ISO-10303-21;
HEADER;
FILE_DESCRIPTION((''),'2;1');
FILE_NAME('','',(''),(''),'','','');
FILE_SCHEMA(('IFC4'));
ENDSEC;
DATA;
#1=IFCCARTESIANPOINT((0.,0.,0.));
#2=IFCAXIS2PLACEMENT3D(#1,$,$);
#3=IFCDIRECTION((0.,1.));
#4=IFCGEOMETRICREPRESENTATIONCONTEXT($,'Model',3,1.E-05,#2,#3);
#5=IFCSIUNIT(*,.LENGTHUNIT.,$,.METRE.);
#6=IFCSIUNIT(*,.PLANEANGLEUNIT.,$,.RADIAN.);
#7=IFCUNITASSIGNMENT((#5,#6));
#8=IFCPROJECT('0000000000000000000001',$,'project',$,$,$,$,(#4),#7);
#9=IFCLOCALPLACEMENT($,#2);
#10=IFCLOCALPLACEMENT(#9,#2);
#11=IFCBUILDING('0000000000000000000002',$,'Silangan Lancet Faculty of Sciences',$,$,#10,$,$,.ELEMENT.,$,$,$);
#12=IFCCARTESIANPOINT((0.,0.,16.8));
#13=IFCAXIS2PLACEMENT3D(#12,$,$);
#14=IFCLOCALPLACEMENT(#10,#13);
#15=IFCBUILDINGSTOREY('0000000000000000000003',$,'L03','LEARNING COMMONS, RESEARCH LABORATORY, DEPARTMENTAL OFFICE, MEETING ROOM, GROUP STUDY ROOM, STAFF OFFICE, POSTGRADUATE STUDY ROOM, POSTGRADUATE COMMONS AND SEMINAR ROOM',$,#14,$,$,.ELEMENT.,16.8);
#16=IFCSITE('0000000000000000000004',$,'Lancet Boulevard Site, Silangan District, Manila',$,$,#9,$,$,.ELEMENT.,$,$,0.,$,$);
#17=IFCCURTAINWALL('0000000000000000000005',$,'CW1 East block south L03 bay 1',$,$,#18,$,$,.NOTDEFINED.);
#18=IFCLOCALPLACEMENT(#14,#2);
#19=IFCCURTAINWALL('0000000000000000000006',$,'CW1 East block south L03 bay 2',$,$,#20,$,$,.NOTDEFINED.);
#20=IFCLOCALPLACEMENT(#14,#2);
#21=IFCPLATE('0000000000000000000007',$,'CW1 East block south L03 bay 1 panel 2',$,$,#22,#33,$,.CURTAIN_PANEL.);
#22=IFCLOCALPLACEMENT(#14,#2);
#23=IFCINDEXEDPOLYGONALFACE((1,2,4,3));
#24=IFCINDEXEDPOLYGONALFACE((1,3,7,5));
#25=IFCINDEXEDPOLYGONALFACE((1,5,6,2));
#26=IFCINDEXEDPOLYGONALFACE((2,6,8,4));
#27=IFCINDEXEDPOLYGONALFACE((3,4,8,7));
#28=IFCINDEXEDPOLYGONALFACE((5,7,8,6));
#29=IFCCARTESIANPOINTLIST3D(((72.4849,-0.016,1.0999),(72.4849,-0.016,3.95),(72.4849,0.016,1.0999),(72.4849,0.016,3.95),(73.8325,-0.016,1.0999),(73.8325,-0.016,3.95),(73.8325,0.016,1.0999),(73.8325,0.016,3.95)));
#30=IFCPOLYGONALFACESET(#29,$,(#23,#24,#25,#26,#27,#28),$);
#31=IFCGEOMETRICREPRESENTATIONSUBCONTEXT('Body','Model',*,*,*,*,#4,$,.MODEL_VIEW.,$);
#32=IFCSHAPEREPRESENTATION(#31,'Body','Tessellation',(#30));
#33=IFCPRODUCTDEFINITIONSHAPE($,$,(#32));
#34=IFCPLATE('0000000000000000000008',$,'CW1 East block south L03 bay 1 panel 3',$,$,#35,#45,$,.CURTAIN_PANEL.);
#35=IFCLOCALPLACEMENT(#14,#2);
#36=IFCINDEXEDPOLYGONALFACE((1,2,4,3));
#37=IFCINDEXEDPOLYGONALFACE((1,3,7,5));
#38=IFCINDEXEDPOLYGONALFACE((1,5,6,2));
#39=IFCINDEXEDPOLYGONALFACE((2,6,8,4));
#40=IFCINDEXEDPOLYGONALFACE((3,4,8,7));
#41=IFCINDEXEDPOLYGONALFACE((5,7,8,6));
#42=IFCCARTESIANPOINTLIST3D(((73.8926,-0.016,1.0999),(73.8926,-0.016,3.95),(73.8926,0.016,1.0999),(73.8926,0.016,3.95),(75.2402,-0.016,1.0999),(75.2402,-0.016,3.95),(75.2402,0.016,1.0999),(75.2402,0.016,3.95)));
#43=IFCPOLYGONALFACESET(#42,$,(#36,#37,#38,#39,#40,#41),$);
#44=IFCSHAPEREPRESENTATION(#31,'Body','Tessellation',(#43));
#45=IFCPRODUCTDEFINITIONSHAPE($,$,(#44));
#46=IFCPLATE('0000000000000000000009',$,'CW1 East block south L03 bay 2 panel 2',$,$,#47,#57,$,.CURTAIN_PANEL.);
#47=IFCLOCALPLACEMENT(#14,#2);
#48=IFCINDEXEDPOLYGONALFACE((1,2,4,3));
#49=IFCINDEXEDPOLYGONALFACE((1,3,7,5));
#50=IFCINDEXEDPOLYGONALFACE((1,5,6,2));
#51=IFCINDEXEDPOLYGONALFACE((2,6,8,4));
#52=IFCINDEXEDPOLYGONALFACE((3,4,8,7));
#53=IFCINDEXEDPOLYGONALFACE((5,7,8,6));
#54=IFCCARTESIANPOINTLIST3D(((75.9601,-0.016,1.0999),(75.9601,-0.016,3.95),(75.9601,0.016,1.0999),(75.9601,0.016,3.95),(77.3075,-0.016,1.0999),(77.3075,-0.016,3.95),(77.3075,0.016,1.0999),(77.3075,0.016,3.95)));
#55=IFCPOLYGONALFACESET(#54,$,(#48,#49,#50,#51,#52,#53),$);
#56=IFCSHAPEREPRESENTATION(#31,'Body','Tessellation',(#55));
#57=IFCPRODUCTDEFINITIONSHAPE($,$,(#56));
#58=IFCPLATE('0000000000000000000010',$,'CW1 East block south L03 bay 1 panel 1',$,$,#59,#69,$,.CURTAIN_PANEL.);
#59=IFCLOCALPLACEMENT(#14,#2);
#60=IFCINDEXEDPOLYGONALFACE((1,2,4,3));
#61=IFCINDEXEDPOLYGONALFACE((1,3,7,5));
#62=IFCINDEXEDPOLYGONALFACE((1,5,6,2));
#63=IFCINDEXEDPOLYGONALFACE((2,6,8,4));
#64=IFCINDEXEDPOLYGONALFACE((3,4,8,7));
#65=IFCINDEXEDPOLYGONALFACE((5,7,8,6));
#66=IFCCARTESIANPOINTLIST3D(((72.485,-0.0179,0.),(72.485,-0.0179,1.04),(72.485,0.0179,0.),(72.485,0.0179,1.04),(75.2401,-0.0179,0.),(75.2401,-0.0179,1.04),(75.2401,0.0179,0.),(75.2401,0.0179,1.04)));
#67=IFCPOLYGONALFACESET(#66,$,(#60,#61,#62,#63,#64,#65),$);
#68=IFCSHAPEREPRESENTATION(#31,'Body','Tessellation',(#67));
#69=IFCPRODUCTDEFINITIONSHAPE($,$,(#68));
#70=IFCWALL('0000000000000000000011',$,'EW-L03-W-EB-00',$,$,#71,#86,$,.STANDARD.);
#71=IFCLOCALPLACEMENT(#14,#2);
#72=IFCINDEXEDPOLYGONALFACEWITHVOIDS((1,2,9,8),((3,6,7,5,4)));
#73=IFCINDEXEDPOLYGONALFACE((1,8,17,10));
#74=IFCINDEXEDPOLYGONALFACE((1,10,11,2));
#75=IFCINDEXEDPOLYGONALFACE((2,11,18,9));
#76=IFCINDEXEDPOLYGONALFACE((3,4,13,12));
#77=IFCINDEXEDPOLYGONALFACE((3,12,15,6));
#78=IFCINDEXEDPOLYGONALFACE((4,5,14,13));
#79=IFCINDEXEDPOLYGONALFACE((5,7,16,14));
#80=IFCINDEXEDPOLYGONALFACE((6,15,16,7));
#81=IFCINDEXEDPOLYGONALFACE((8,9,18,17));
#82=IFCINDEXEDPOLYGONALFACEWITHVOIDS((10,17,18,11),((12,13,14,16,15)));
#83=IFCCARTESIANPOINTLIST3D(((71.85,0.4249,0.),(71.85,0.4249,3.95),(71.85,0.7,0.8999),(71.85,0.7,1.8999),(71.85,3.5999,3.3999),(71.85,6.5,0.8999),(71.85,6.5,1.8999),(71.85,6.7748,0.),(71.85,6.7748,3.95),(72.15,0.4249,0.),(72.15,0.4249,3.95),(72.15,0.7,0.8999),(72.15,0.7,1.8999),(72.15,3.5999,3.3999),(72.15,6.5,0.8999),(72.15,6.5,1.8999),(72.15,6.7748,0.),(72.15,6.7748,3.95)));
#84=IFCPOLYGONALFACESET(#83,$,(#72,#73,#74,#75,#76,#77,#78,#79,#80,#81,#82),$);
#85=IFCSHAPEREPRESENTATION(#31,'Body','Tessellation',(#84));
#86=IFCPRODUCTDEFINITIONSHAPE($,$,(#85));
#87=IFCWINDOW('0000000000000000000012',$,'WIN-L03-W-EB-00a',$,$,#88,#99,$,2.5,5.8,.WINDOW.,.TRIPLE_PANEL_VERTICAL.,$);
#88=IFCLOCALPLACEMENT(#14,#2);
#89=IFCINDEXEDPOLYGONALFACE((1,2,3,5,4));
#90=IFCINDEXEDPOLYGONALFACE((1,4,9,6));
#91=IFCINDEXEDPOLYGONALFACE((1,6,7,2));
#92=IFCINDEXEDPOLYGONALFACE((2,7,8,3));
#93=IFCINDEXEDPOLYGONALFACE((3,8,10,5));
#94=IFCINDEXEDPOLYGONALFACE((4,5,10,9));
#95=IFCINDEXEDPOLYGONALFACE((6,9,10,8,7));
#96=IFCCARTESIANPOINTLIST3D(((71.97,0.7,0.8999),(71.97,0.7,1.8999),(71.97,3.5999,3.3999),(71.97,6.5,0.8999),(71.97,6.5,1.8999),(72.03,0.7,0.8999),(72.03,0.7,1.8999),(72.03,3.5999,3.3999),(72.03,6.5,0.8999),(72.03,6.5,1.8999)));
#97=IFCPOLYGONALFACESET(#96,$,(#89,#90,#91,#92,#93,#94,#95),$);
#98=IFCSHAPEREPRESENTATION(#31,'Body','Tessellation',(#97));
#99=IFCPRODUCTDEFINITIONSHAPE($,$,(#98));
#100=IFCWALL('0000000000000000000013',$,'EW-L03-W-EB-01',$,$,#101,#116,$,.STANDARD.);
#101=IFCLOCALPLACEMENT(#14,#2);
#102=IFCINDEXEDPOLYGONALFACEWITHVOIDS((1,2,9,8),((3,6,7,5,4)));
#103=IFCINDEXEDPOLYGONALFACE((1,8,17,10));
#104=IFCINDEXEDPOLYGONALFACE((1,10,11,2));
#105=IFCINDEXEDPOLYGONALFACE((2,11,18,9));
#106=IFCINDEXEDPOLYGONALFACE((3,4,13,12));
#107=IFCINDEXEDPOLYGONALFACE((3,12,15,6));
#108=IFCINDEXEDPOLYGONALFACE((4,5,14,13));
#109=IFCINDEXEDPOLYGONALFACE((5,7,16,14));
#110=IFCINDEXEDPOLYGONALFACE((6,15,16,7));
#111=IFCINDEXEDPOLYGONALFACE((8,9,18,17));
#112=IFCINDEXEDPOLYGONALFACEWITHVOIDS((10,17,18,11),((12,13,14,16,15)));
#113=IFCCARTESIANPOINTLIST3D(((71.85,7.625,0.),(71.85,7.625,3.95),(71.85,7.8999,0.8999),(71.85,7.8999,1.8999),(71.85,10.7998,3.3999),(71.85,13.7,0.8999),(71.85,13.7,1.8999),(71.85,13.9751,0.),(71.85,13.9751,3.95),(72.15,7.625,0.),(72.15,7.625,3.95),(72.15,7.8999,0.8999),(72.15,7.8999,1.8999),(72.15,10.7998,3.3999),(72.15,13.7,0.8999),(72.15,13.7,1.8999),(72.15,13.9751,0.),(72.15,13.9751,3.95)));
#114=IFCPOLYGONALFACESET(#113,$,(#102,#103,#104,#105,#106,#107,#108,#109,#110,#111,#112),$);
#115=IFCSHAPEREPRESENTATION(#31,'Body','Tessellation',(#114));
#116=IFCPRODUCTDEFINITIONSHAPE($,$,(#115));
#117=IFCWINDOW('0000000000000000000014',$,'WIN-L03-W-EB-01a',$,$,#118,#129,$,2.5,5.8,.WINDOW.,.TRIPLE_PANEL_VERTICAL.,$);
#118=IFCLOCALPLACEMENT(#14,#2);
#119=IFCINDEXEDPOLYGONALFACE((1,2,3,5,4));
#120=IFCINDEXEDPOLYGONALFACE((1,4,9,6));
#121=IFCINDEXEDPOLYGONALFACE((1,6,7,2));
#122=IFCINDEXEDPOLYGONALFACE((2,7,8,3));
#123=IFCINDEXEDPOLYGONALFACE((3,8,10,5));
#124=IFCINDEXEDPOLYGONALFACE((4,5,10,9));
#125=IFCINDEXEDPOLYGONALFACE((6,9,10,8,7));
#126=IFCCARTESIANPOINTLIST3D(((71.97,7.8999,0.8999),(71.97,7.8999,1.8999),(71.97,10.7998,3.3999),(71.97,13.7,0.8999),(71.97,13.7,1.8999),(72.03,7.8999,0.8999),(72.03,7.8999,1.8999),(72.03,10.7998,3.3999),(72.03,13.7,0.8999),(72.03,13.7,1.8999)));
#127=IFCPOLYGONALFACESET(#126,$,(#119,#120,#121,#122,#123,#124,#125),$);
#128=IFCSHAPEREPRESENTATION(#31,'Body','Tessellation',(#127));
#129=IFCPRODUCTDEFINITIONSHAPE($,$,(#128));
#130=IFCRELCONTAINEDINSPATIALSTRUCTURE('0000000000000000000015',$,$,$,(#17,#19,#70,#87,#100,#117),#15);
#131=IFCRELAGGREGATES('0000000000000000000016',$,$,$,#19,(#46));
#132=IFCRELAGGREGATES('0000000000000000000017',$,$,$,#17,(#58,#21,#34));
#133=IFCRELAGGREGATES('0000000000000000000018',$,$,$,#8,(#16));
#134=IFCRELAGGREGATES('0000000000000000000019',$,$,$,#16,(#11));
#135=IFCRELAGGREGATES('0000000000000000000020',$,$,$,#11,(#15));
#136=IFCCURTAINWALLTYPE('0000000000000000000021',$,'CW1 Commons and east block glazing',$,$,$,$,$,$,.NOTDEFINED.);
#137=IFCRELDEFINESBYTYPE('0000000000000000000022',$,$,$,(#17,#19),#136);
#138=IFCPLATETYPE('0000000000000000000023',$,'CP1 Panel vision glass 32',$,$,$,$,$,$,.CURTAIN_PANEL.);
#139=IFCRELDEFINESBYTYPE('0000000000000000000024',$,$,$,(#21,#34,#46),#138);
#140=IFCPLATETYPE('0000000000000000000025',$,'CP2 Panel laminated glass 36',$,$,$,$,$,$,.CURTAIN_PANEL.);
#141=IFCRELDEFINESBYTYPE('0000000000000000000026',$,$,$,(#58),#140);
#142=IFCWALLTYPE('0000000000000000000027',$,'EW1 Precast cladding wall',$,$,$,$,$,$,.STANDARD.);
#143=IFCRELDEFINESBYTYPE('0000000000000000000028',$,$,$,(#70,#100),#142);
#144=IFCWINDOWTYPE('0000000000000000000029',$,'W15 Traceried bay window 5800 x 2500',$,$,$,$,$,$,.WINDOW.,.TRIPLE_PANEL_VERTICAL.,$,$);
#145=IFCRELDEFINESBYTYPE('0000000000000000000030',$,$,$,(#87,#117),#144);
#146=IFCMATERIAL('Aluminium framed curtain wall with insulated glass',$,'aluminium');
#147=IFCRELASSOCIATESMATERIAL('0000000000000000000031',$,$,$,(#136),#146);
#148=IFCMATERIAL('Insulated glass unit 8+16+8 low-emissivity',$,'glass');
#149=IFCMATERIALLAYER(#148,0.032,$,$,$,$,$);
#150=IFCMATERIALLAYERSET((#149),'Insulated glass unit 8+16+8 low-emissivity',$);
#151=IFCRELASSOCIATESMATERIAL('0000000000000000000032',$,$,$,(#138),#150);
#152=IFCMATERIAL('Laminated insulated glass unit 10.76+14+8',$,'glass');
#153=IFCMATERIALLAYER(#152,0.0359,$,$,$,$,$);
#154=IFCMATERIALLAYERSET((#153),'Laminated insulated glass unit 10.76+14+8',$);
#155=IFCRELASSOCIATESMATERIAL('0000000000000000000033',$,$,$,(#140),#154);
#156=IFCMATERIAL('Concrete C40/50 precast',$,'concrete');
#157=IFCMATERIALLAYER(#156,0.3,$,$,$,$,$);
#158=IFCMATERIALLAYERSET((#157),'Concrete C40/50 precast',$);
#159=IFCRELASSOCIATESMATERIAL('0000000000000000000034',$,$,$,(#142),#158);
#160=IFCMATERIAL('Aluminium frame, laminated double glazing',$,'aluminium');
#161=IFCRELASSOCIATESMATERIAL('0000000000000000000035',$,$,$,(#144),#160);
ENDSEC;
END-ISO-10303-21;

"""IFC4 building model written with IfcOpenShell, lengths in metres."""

from ifc_helpers import new_model, si_unit, direction, frame, frame_2d, origin, origin_2d, place, context, subcontext, project, spatial, polyline, rectangle, outline, extrude, material, layer, layer_set, type_object, element, fill, aggregate, save


model = new_model("IFC4")

# Units and contexts
model_context = context("Model", 3, precision=1e-05, world=origin(), true_north=direction((0.0, 1.0)))
body_context = subcontext(model_context, "Body", "Model", "MODEL_VIEW")
ifc_project = project(units=[si_unit("LENGTHUNIT", "METRE"), si_unit("PLANEANGLEUNIT", "RADIAN")], contexts=[model_context])

# Site, building, storey
site_placement = place(None, origin())
site = spatial("IfcSite", under=ifc_project, at=site_placement, Name="Lancet Boulevard Site, Silangan District, Manila", CompositionType="ELEMENT", RefElevation=0.0)
building_placement = place(site_placement, origin())
building = spatial("IfcBuilding", under=site, at=building_placement, Name="Silangan Lancet Faculty of Sciences", CompositionType="ELEMENT")
storey_placement = place(building_placement, frame((0.0, 0.0, 16.8)))
storey = spatial("IfcBuildingStorey", under=building, at=storey_placement, Name="L03", Description="LEARNING COMMONS, RESEARCH LABORATORY, DEPARTMENTAL OFFICE, MEETING ROOM, GROUP STUDY ROOM, STAFF OFFICE, POSTGRADUATE STUDY ROOM, POSTGRADUATE COMMONS AND SEMINAR ROOM", CompositionType="ELEMENT", Elevation=16.8)

# Curtain wall
ifc_material_1 = material(Name="Aluminium framed curtain wall with insulated glass", Category="aluminium")
curtain_wall_type = type_object("IfcCurtainWallType", Name="CW1 Commons and east block glazing", PredefinedType="NOTDEFINED", material=ifc_material_1)
curtain_wall_1_placement = place(storey_placement, origin())
curtain_wall_1 = element("IfcCurtainWall", 1, at=curtain_wall_1_placement, inside=storey, type_object=curtain_wall_type, Name="CW1 East block south L03 bay 1", PredefinedType="NOTDEFINED")

# Curtain wall
curtain_wall_2_placement = place(storey_placement, origin())
curtain_wall_2 = element("IfcCurtainWall", 2, at=curtain_wall_2_placement, inside=storey, type_object=curtain_wall_type, Name="CW1 East block south L03 bay 2", PredefinedType="NOTDEFINED")

# Plates
ifc_material_2 = material(Name="Insulated glass unit 8+16+8 low-emissivity", Category="glass")
ifc_layer_1 = layer(ifc_material_2, 0.032)
ifc_layer_set_1 = layer_set([ifc_layer_1], Name="Insulated glass unit 8+16+8 low-emissivity")
plate_type_1 = type_object("IfcPlateType", Name="CP1 Panel vision glass 32", PredefinedType="CURTAIN_PANEL", material=ifc_layer_set_1)
plate_1_placement = place(storey_placement, frame((73.1587, 0.0, 1.0999), z_axis=(0.0, 0.0, 1.0), x_axis=(1.0, 0.0, 0.0)))
plate_1 = element("IfcPlate", 3, at=plate_1_placement, type_object=plate_type_1, Name="CW1 East block south L03 bay 1 panel 2", PredefinedType="CURTAIN_PANEL", context=body_context, shape_type="SweptSolid", body=[
    extrude(rectangle(XDim=1.3477, YDim=0.032, at=origin_2d()), origin(), (0.0, 0.0, 1.0), 2.8501),
])
plate_2_placement = place(storey_placement, frame((74.5664, 0.0, 1.0999), z_axis=(0.0, 0.0, 1.0), x_axis=(1.0, 0.0, 0.0)))
plate_2 = element("IfcPlate", 4, at=plate_2_placement, type_object=plate_type_1, Name="CW1 East block south L03 bay 1 panel 3", PredefinedType="CURTAIN_PANEL", context=body_context, shape_type="SweptSolid", body=[
    extrude(rectangle(XDim=1.3477, YDim=0.032, at=origin_2d()), origin(), (0.0, 0.0, 1.0), 2.8501),
])
plate_3_placement = place(storey_placement, frame((76.6338, 0.0, 1.0999), z_axis=(0.0, 0.0, 1.0), x_axis=(1.0, 0.0, 0.0)))
plate_3 = element("IfcPlate", 5, at=plate_3_placement, type_object=plate_type_1, Name="CW1 East block south L03 bay 2 panel 2", PredefinedType="CURTAIN_PANEL", context=body_context, shape_type="SweptSolid", body=[
    extrude(rectangle(XDim=1.3474, YDim=0.032, at=origin_2d()), origin(), (0.0, 0.0, 1.0), 2.8501),
])
aggregate(curtain_wall_2, [plate_3])
ifc_material_3 = material(Name="Laminated insulated glass unit 10.76+14+8", Category="glass")
ifc_layer_2 = layer(ifc_material_3, 0.0359)
ifc_layer_set_2 = layer_set([ifc_layer_2], Name="Laminated insulated glass unit 10.76+14+8")
plate_type_2 = type_object("IfcPlateType", Name="CP2 Panel laminated glass 36", PredefinedType="CURTAIN_PANEL", material=ifc_layer_set_2)
plate_4_placement = place(storey_placement, frame((73.8625, 0.0, 0.0), z_axis=(0.0, 0.0, 1.0), x_axis=(1.0, 0.0, 0.0)))
plate_4 = element("IfcPlate", 6, at=plate_4_placement, type_object=plate_type_2, Name="CW1 East block south L03 bay 1 panel 1", PredefinedType="CURTAIN_PANEL", context=body_context, shape_type="SweptSolid", body=[
    extrude(rectangle(XDim=2.7551, YDim=0.0359, at=origin_2d()), origin(), (0.0, 0.0, 1.0), 1.04),
])
aggregate(curtain_wall_1, [plate_4, plate_1, plate_2])

# Walls, openings, windows
ifc_material_4 = material(Name="Concrete C40/50 precast", Category="concrete")
ifc_layer_3 = layer(ifc_material_4, 0.3)
ifc_layer_set_3 = layer_set([ifc_layer_3], Name="Concrete C40/50 precast")
wall_type_1 = type_object("IfcWallType", Name="EW1 Precast cladding wall", PredefinedType="STANDARD", material=ifc_layer_set_3)
wall_1_placement = place(storey_placement, frame((72.0, 0.425, 0.0), z_axis=(0.0, 0.0, 1.0), x_axis=(0.0, 1.0, 0.0)))
wall_1 = element("IfcWall", 7, at=wall_1_placement, inside=storey, type_object=wall_type_1, Name="EW-L03-W-EB-00", PredefinedType="STANDARD", context=body_context, shape_type="SweptSolid", body=[
    extrude(rectangle(XDim=6.3499, YDim=0.3, at=frame_2d((3.1748, 0.0))), origin(), (0.0, 0.0, 1.0), 3.95),
])
opening_1_placement = place(wall_1_placement, frame((0.2749, 0.0, 0.8999)))
opening_1 = element("IfcOpeningElement", 8, at=opening_1_placement, cuts=wall_1, PredefinedType="OPENING", context=body_context, shape_type="SweptSolid", body=[
    extrude(outline(polyline([(0.0, 0.0), (5.8, 0.0), (5.8, 1.0), (2.8999, 2.5), (0.0, 1.0), (0.0, 0.0)])), frame((0.0, 0.1599, 0.0), z_axis=(0.0, -1.0, 0.0), x_axis=(1.0, 0.0, 0.0)), (0.0, 0.0, 1.0), 0.3201),
])
ifc_material_5 = material(Name="Aluminium frame, laminated double glazing", Category="aluminium")
window_type = type_object("IfcWindowType", Name="W15 Traceried bay window 5800 x 2500", PartitioningType="TRIPLE_PANEL_VERTICAL", PredefinedType="WINDOW", material=ifc_material_5)
window_1_placement = place(opening_1_placement, origin())
window_1 = element("IfcWindow", 9, at=window_1_placement, inside=storey, type_object=window_type, Name="WIN-L03-W-EB-00a", OverallHeight=2.5, OverallWidth=5.8, PartitioningType="TRIPLE_PANEL_VERTICAL", PredefinedType="WINDOW", context=body_context, shape_type="SweptSolid", body=[
    extrude(outline(polyline([(0.0, 0.0), (5.8, 0.0), (5.8, 1.0), (2.8999, 2.5), (0.0, 1.0), (0.0, 0.0)])), frame((0.0, 0.03, 0.0), z_axis=(0.0, -1.0, 0.0), x_axis=(1.0, 0.0, 0.0)), (0.0, 0.0, 1.0), 0.0601),
])
fill(opening_1, window_1)
wall_2_placement = place(storey_placement, frame((72.0, 7.625, 0.0), z_axis=(0.0, 0.0, 1.0), x_axis=(0.0, 1.0, 0.0)))
wall_2 = element("IfcWall", 10, at=wall_2_placement, inside=storey, type_object=wall_type_1, Name="EW-L03-W-EB-01", PredefinedType="STANDARD", context=body_context, shape_type="SweptSolid", body=[
    extrude(rectangle(XDim=6.3501, YDim=0.3, at=frame_2d((3.175, 0.0))), origin(), (0.0, 0.0, 1.0), 3.95),
])
opening_2_placement = place(wall_2_placement, frame((0.2749, 0.0, 0.8999)))
opening_2 = element("IfcOpeningElement", 11, at=opening_2_placement, cuts=wall_2, PredefinedType="OPENING", context=body_context, shape_type="SweptSolid", body=[
    extrude(outline(polyline([(0.0, 0.0), (5.8, 0.0), (5.8, 1.0), (2.8999, 2.5), (0.0, 1.0), (0.0, 0.0)])), frame((0.0, 0.1599, 0.0), z_axis=(0.0, -1.0, 0.0), x_axis=(1.0, 0.0, 0.0)), (0.0, 0.0, 1.0), 0.3201),
])
window_2_placement = place(opening_2_placement, origin())
window_2 = element("IfcWindow", 12, at=window_2_placement, inside=storey, type_object=window_type, Name="WIN-L03-W-EB-01a", OverallHeight=2.5, OverallWidth=5.8, PartitioningType="TRIPLE_PANEL_VERTICAL", PredefinedType="WINDOW", context=body_context, shape_type="SweptSolid", body=[
    extrude(outline(polyline([(0.0, 0.0), (5.8, 0.0), (5.8, 1.0), (2.8999, 2.5), (0.0, 1.0), (0.0, 0.0)])), frame((0.0, 0.03, 0.0), z_axis=(0.0, -1.0, 0.0), x_axis=(1.0, 0.0, 0.0)), (0.0, 0.0, 1.0), 0.0601),
])
fill(opening_2, window_2)

save(model, "model.ifc")
